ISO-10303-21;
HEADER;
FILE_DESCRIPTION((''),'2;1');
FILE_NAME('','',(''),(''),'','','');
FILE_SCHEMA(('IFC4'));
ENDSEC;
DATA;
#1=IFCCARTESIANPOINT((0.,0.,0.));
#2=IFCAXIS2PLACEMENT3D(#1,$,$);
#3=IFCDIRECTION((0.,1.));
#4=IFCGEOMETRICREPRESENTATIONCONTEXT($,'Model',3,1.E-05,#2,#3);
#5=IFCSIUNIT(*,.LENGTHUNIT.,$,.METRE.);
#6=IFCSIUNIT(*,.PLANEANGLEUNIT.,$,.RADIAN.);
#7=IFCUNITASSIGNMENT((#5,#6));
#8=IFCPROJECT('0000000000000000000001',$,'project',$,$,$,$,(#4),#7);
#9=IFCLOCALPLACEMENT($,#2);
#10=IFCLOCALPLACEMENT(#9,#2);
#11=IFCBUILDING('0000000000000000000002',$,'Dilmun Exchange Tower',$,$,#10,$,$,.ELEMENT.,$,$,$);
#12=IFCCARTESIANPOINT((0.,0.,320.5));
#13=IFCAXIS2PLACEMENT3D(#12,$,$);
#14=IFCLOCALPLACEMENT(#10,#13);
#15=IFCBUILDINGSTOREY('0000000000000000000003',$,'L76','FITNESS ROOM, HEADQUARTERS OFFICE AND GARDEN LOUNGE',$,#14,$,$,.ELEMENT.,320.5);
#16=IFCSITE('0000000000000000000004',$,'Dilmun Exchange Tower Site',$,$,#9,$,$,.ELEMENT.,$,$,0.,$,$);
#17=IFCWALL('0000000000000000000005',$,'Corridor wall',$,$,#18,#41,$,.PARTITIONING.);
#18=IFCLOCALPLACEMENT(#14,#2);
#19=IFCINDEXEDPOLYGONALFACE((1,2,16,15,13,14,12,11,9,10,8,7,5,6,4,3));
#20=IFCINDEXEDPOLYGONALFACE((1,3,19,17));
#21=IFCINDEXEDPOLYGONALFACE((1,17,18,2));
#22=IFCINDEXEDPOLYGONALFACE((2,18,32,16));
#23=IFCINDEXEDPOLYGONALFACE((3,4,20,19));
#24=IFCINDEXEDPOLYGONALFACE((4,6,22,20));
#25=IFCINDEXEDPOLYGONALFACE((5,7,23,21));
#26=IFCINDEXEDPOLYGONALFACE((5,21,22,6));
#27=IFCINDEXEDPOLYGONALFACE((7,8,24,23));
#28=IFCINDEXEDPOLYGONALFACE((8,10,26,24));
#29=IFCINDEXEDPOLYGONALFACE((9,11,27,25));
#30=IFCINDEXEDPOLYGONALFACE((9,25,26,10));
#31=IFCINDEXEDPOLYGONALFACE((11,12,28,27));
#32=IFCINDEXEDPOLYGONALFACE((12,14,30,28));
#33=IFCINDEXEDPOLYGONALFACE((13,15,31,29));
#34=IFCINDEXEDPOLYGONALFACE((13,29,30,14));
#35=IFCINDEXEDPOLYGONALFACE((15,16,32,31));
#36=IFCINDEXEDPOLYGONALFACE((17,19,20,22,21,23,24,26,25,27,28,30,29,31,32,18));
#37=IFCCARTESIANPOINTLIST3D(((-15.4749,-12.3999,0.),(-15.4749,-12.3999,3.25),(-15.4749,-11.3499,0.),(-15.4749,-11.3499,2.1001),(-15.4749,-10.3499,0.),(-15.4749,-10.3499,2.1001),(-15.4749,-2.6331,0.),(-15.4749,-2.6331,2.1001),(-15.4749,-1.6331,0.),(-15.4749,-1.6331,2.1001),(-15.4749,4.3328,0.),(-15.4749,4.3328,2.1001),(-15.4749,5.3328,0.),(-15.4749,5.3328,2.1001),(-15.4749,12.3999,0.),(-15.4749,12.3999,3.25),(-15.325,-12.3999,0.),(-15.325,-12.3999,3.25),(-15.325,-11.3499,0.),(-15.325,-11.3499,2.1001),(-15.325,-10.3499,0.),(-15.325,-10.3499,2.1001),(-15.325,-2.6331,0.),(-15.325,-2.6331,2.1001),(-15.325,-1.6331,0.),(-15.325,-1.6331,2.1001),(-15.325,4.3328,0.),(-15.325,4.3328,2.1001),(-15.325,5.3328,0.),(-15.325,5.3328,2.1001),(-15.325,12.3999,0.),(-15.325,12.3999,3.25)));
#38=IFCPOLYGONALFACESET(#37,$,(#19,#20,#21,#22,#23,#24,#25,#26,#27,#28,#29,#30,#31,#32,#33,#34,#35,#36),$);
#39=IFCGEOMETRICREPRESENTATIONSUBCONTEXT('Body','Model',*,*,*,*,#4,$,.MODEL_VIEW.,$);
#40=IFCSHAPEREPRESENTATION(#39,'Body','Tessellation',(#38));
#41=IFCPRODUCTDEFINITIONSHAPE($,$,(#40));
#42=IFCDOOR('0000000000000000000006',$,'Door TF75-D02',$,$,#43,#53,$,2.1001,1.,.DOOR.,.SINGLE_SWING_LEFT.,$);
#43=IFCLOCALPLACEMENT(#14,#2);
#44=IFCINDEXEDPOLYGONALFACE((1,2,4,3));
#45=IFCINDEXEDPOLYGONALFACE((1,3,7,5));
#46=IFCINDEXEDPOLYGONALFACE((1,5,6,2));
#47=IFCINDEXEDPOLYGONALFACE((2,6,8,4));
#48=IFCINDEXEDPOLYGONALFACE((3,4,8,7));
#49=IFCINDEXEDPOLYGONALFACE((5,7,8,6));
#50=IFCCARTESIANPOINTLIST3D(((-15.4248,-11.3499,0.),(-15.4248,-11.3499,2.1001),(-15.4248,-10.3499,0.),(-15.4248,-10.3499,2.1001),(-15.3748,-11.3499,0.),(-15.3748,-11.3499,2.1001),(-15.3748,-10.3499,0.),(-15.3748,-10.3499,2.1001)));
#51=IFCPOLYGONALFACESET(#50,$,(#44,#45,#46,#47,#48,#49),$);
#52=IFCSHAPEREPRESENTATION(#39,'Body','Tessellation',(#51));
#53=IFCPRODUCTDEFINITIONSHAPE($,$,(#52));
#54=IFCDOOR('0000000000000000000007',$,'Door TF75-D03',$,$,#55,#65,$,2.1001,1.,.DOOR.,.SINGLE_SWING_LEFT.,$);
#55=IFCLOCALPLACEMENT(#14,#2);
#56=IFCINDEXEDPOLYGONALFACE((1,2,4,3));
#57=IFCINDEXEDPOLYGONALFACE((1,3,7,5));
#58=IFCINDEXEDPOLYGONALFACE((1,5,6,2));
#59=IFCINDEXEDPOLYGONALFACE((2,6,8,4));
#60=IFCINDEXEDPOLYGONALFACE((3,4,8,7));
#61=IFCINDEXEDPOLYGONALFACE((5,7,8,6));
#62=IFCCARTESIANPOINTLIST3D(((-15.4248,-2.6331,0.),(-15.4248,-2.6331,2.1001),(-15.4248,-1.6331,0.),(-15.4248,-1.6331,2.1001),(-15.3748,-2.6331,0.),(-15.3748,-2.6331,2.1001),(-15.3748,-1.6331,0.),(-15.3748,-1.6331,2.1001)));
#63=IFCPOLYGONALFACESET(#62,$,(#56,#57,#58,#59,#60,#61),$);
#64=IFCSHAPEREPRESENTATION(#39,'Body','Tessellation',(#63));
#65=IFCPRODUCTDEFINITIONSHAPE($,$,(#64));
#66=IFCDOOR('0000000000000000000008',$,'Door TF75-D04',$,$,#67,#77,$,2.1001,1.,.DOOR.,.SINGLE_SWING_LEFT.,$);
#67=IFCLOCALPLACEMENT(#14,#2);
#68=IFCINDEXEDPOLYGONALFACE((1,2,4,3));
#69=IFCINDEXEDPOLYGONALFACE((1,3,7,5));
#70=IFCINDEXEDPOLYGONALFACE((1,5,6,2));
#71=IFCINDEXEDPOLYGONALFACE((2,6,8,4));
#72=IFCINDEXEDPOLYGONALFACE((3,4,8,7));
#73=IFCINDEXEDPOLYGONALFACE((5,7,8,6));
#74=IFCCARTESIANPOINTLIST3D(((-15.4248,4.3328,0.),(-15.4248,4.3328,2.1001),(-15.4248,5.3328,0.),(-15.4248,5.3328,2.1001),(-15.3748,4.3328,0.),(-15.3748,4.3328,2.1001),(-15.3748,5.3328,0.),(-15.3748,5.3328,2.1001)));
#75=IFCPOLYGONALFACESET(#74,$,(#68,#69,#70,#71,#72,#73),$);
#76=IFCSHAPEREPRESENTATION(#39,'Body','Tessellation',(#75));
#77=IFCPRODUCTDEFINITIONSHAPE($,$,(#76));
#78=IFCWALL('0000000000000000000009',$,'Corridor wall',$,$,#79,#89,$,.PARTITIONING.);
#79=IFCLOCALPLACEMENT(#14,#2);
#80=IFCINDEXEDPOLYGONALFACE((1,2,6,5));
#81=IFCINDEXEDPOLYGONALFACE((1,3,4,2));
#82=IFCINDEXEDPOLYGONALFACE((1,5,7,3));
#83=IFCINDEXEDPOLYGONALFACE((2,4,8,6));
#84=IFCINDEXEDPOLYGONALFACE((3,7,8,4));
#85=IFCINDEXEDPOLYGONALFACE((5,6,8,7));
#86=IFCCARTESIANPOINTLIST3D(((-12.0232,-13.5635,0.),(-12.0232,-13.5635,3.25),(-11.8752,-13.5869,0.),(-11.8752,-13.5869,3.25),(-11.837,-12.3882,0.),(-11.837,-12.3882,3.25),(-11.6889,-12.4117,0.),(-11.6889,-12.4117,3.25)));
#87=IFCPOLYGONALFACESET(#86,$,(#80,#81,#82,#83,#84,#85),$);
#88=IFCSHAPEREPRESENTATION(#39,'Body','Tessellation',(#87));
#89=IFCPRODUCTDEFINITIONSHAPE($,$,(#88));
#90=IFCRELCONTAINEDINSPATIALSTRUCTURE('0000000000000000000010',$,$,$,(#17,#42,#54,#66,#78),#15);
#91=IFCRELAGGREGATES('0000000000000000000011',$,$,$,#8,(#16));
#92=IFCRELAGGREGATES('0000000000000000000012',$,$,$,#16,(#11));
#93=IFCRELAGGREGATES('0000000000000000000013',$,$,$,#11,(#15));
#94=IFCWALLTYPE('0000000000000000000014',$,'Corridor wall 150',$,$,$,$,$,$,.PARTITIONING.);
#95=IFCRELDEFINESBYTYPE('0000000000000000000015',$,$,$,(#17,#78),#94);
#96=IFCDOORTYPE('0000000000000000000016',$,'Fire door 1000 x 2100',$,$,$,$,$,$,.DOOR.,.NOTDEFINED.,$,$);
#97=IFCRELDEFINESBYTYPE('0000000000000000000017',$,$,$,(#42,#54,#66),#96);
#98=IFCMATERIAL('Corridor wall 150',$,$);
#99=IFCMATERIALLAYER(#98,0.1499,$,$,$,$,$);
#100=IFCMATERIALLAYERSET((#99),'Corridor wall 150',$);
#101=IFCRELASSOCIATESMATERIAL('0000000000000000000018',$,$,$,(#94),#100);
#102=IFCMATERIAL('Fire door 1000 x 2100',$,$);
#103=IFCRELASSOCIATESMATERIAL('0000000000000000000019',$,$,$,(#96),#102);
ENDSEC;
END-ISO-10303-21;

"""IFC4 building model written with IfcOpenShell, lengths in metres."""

from ifc_helpers import new_model, si_unit, direction, frame, frame_2d, origin, place, context, subcontext, project, spatial, rectangle, extrude, material, layer, layer_set, type_object, element, fill, save


model = new_model("IFC4")

# Units and contexts
model_context = context("Model", 3, precision=1e-05, world=origin(), true_north=direction((0.0, 1.0)))
body_context = subcontext(model_context, "Body", "Model", "MODEL_VIEW")
ifc_project = project(units=[si_unit("LENGTHUNIT", "METRE"), si_unit("PLANEANGLEUNIT", "RADIAN")], contexts=[model_context])

# Site, building, storey
site_placement = place(None, origin())
site = spatial("IfcSite", under=ifc_project, at=site_placement, Name="Dilmun Exchange Tower Site", CompositionType="ELEMENT", RefElevation=0.0)
building_placement = place(site_placement, origin())
building = spatial("IfcBuilding", under=site, at=building_placement, Name="Dilmun Exchange Tower", CompositionType="ELEMENT")
storey_placement = place(building_placement, frame((0.0, 0.0, 320.5)))
storey = spatial("IfcBuildingStorey", under=building, at=storey_placement, Name="L76", Description="FITNESS ROOM, HEADQUARTERS OFFICE AND GARDEN LOUNGE", CompositionType="ELEMENT", Elevation=320.5)

# Shared definitions
ifc_material_1 = material(Name="Corridor wall 150")
ifc_layer_1 = layer(ifc_material_1, 0.1499)
ifc_layer_set_1 = layer_set([ifc_layer_1], Name="Corridor wall 150")
wall_type_1 = type_object("IfcWallType", Name="Corridor wall 150", PredefinedType="PARTITIONING", material=ifc_layer_set_1)

# Shared definitions
ifc_material_2 = material(Name="Fire door 1000 x 2100")
door_type_1 = type_object("IfcDoorType", Name="Fire door 1000 x 2100", OperationType="NOTDEFINED", PredefinedType="DOOR", material=ifc_material_2)

# Wall, openings, doors
wall_1_placement = place(storey_placement, frame((-15.3999, -12.3999, 0.0), z_axis=(0.0, 0.0, 1.0), x_axis=(0.0, 1.0, 0.0)))
wall_1 = element("IfcWall", 1, at=wall_1_placement, inside=storey, type_object=wall_type_1, Name="Corridor wall", PredefinedType="PARTITIONING", context=body_context, shape_type="SweptSolid", body=[
    extrude(rectangle(XDim=24.7998, YDim=0.1499, at=frame_2d((12.3999, 0.0))), origin(), (0.0, 0.0, 1.0), 3.25),
])
opening_1_placement = place(wall_1_placement, frame((1.05, 0.0, 0.0)))
opening_1 = element("IfcOpeningElement", 2, at=opening_1_placement, cuts=wall_1, PredefinedType="OPENING", context=body_context, shape_type="SweptSolid", body=[
    extrude(rectangle(XDim=1.0, YDim=2.1001, at=frame_2d((0.5, 1.05))), frame((0.0, 0.085, 0.0), z_axis=(0.0, -1.0, 0.0), x_axis=(1.0, 0.0, 0.0)), (0.0, 0.0, 1.0), 0.1699),
])
opening_2_placement = place(wall_1_placement, frame((9.7668, 0.0, 0.0)))
opening_2 = element("IfcOpeningElement", 3, at=opening_2_placement, cuts=wall_1, PredefinedType="OPENING", context=body_context, shape_type="SweptSolid", body=[
    extrude(rectangle(XDim=1.0, YDim=2.1001, at=frame_2d((0.5, 1.05))), frame((0.0, 0.085, 0.0), z_axis=(0.0, -1.0, 0.0), x_axis=(1.0, 0.0, 0.0)), (0.0, 0.0, 1.0), 0.1699),
])
opening_3_placement = place(wall_1_placement, frame((16.7327, 0.0, 0.0)))
opening_3 = element("IfcOpeningElement", 4, at=opening_3_placement, cuts=wall_1, PredefinedType="OPENING", context=body_context, shape_type="SweptSolid", body=[
    extrude(rectangle(XDim=1.0, YDim=2.1001, at=frame_2d((0.5, 1.05))), frame((0.0, 0.085, 0.0), z_axis=(0.0, -1.0, 0.0), x_axis=(1.0, 0.0, 0.0)), (0.0, 0.0, 1.0), 0.1699),
])
door_1_placement = place(opening_1_placement, origin())
door_1 = element("IfcDoor", 5, at=door_1_placement, inside=storey, type_object=door_type_1, Name="Door TF75-D02", OperationType="SINGLE_SWING_LEFT", OverallHeight=2.1001, OverallWidth=1.0, PredefinedType="DOOR", context=body_context, shape_type="SweptSolid", body=[
    extrude(rectangle(XDim=1.0, YDim=2.1001, at=frame_2d((0.5, 1.05))), frame((0.0, 0.0249, 0.0), z_axis=(0.0, -1.0, 0.0), x_axis=(1.0, 0.0, 0.0)), (0.0, 0.0, 1.0), 0.05),
])
fill(opening_1, door_1)
door_2_placement = place(opening_2_placement, origin())
door_2 = element("IfcDoor", 6, at=door_2_placement, inside=storey, type_object=door_type_1, Name="Door TF75-D03", OperationType="SINGLE_SWING_LEFT", OverallHeight=2.1001, OverallWidth=1.0, PredefinedType="DOOR", context=body_context, shape_type="SweptSolid", body=[
    extrude(rectangle(XDim=1.0, YDim=2.1001, at=frame_2d((0.5, 1.05))), frame((0.0, 0.0249, 0.0), z_axis=(0.0, -1.0, 0.0), x_axis=(1.0, 0.0, 0.0)), (0.0, 0.0, 1.0), 0.05),
])
fill(opening_2, door_2)
door_3_placement = place(opening_3_placement, origin())
door_3 = element("IfcDoor", 7, at=door_3_placement, inside=storey, type_object=door_type_1, Name="Door TF75-D04", OperationType="SINGLE_SWING_LEFT", OverallHeight=2.1001, OverallWidth=1.0, PredefinedType="DOOR", context=body_context, shape_type="SweptSolid", body=[
    extrude(rectangle(XDim=1.0, YDim=2.1001, at=frame_2d((0.5, 1.05))), frame((0.0, 0.0249, 0.0), z_axis=(0.0, -1.0, 0.0), x_axis=(1.0, 0.0, 0.0)), (0.0, 0.0, 1.0), 0.05),
])
fill(opening_3, door_3)

# Wall
wall_2_placement = place(storey_placement, frame((-11.9492, -13.5752, 0.0), z_axis=(0.0, 0.0, 1.0), x_axis=(0.156542, 0.987671, 0.0)))
element("IfcWall", 8, at=wall_2_placement, inside=storey, type_object=wall_type_1, Name="Corridor wall", PredefinedType="PARTITIONING", context=body_context, shape_type="SweptSolid", body=[
    extrude(rectangle(XDim=1.1899, YDim=0.1499, at=frame_2d((0.595, 0.0))), origin(), (0.0, 0.0, 1.0), 3.25),
])

save(model, "model.ifc")
